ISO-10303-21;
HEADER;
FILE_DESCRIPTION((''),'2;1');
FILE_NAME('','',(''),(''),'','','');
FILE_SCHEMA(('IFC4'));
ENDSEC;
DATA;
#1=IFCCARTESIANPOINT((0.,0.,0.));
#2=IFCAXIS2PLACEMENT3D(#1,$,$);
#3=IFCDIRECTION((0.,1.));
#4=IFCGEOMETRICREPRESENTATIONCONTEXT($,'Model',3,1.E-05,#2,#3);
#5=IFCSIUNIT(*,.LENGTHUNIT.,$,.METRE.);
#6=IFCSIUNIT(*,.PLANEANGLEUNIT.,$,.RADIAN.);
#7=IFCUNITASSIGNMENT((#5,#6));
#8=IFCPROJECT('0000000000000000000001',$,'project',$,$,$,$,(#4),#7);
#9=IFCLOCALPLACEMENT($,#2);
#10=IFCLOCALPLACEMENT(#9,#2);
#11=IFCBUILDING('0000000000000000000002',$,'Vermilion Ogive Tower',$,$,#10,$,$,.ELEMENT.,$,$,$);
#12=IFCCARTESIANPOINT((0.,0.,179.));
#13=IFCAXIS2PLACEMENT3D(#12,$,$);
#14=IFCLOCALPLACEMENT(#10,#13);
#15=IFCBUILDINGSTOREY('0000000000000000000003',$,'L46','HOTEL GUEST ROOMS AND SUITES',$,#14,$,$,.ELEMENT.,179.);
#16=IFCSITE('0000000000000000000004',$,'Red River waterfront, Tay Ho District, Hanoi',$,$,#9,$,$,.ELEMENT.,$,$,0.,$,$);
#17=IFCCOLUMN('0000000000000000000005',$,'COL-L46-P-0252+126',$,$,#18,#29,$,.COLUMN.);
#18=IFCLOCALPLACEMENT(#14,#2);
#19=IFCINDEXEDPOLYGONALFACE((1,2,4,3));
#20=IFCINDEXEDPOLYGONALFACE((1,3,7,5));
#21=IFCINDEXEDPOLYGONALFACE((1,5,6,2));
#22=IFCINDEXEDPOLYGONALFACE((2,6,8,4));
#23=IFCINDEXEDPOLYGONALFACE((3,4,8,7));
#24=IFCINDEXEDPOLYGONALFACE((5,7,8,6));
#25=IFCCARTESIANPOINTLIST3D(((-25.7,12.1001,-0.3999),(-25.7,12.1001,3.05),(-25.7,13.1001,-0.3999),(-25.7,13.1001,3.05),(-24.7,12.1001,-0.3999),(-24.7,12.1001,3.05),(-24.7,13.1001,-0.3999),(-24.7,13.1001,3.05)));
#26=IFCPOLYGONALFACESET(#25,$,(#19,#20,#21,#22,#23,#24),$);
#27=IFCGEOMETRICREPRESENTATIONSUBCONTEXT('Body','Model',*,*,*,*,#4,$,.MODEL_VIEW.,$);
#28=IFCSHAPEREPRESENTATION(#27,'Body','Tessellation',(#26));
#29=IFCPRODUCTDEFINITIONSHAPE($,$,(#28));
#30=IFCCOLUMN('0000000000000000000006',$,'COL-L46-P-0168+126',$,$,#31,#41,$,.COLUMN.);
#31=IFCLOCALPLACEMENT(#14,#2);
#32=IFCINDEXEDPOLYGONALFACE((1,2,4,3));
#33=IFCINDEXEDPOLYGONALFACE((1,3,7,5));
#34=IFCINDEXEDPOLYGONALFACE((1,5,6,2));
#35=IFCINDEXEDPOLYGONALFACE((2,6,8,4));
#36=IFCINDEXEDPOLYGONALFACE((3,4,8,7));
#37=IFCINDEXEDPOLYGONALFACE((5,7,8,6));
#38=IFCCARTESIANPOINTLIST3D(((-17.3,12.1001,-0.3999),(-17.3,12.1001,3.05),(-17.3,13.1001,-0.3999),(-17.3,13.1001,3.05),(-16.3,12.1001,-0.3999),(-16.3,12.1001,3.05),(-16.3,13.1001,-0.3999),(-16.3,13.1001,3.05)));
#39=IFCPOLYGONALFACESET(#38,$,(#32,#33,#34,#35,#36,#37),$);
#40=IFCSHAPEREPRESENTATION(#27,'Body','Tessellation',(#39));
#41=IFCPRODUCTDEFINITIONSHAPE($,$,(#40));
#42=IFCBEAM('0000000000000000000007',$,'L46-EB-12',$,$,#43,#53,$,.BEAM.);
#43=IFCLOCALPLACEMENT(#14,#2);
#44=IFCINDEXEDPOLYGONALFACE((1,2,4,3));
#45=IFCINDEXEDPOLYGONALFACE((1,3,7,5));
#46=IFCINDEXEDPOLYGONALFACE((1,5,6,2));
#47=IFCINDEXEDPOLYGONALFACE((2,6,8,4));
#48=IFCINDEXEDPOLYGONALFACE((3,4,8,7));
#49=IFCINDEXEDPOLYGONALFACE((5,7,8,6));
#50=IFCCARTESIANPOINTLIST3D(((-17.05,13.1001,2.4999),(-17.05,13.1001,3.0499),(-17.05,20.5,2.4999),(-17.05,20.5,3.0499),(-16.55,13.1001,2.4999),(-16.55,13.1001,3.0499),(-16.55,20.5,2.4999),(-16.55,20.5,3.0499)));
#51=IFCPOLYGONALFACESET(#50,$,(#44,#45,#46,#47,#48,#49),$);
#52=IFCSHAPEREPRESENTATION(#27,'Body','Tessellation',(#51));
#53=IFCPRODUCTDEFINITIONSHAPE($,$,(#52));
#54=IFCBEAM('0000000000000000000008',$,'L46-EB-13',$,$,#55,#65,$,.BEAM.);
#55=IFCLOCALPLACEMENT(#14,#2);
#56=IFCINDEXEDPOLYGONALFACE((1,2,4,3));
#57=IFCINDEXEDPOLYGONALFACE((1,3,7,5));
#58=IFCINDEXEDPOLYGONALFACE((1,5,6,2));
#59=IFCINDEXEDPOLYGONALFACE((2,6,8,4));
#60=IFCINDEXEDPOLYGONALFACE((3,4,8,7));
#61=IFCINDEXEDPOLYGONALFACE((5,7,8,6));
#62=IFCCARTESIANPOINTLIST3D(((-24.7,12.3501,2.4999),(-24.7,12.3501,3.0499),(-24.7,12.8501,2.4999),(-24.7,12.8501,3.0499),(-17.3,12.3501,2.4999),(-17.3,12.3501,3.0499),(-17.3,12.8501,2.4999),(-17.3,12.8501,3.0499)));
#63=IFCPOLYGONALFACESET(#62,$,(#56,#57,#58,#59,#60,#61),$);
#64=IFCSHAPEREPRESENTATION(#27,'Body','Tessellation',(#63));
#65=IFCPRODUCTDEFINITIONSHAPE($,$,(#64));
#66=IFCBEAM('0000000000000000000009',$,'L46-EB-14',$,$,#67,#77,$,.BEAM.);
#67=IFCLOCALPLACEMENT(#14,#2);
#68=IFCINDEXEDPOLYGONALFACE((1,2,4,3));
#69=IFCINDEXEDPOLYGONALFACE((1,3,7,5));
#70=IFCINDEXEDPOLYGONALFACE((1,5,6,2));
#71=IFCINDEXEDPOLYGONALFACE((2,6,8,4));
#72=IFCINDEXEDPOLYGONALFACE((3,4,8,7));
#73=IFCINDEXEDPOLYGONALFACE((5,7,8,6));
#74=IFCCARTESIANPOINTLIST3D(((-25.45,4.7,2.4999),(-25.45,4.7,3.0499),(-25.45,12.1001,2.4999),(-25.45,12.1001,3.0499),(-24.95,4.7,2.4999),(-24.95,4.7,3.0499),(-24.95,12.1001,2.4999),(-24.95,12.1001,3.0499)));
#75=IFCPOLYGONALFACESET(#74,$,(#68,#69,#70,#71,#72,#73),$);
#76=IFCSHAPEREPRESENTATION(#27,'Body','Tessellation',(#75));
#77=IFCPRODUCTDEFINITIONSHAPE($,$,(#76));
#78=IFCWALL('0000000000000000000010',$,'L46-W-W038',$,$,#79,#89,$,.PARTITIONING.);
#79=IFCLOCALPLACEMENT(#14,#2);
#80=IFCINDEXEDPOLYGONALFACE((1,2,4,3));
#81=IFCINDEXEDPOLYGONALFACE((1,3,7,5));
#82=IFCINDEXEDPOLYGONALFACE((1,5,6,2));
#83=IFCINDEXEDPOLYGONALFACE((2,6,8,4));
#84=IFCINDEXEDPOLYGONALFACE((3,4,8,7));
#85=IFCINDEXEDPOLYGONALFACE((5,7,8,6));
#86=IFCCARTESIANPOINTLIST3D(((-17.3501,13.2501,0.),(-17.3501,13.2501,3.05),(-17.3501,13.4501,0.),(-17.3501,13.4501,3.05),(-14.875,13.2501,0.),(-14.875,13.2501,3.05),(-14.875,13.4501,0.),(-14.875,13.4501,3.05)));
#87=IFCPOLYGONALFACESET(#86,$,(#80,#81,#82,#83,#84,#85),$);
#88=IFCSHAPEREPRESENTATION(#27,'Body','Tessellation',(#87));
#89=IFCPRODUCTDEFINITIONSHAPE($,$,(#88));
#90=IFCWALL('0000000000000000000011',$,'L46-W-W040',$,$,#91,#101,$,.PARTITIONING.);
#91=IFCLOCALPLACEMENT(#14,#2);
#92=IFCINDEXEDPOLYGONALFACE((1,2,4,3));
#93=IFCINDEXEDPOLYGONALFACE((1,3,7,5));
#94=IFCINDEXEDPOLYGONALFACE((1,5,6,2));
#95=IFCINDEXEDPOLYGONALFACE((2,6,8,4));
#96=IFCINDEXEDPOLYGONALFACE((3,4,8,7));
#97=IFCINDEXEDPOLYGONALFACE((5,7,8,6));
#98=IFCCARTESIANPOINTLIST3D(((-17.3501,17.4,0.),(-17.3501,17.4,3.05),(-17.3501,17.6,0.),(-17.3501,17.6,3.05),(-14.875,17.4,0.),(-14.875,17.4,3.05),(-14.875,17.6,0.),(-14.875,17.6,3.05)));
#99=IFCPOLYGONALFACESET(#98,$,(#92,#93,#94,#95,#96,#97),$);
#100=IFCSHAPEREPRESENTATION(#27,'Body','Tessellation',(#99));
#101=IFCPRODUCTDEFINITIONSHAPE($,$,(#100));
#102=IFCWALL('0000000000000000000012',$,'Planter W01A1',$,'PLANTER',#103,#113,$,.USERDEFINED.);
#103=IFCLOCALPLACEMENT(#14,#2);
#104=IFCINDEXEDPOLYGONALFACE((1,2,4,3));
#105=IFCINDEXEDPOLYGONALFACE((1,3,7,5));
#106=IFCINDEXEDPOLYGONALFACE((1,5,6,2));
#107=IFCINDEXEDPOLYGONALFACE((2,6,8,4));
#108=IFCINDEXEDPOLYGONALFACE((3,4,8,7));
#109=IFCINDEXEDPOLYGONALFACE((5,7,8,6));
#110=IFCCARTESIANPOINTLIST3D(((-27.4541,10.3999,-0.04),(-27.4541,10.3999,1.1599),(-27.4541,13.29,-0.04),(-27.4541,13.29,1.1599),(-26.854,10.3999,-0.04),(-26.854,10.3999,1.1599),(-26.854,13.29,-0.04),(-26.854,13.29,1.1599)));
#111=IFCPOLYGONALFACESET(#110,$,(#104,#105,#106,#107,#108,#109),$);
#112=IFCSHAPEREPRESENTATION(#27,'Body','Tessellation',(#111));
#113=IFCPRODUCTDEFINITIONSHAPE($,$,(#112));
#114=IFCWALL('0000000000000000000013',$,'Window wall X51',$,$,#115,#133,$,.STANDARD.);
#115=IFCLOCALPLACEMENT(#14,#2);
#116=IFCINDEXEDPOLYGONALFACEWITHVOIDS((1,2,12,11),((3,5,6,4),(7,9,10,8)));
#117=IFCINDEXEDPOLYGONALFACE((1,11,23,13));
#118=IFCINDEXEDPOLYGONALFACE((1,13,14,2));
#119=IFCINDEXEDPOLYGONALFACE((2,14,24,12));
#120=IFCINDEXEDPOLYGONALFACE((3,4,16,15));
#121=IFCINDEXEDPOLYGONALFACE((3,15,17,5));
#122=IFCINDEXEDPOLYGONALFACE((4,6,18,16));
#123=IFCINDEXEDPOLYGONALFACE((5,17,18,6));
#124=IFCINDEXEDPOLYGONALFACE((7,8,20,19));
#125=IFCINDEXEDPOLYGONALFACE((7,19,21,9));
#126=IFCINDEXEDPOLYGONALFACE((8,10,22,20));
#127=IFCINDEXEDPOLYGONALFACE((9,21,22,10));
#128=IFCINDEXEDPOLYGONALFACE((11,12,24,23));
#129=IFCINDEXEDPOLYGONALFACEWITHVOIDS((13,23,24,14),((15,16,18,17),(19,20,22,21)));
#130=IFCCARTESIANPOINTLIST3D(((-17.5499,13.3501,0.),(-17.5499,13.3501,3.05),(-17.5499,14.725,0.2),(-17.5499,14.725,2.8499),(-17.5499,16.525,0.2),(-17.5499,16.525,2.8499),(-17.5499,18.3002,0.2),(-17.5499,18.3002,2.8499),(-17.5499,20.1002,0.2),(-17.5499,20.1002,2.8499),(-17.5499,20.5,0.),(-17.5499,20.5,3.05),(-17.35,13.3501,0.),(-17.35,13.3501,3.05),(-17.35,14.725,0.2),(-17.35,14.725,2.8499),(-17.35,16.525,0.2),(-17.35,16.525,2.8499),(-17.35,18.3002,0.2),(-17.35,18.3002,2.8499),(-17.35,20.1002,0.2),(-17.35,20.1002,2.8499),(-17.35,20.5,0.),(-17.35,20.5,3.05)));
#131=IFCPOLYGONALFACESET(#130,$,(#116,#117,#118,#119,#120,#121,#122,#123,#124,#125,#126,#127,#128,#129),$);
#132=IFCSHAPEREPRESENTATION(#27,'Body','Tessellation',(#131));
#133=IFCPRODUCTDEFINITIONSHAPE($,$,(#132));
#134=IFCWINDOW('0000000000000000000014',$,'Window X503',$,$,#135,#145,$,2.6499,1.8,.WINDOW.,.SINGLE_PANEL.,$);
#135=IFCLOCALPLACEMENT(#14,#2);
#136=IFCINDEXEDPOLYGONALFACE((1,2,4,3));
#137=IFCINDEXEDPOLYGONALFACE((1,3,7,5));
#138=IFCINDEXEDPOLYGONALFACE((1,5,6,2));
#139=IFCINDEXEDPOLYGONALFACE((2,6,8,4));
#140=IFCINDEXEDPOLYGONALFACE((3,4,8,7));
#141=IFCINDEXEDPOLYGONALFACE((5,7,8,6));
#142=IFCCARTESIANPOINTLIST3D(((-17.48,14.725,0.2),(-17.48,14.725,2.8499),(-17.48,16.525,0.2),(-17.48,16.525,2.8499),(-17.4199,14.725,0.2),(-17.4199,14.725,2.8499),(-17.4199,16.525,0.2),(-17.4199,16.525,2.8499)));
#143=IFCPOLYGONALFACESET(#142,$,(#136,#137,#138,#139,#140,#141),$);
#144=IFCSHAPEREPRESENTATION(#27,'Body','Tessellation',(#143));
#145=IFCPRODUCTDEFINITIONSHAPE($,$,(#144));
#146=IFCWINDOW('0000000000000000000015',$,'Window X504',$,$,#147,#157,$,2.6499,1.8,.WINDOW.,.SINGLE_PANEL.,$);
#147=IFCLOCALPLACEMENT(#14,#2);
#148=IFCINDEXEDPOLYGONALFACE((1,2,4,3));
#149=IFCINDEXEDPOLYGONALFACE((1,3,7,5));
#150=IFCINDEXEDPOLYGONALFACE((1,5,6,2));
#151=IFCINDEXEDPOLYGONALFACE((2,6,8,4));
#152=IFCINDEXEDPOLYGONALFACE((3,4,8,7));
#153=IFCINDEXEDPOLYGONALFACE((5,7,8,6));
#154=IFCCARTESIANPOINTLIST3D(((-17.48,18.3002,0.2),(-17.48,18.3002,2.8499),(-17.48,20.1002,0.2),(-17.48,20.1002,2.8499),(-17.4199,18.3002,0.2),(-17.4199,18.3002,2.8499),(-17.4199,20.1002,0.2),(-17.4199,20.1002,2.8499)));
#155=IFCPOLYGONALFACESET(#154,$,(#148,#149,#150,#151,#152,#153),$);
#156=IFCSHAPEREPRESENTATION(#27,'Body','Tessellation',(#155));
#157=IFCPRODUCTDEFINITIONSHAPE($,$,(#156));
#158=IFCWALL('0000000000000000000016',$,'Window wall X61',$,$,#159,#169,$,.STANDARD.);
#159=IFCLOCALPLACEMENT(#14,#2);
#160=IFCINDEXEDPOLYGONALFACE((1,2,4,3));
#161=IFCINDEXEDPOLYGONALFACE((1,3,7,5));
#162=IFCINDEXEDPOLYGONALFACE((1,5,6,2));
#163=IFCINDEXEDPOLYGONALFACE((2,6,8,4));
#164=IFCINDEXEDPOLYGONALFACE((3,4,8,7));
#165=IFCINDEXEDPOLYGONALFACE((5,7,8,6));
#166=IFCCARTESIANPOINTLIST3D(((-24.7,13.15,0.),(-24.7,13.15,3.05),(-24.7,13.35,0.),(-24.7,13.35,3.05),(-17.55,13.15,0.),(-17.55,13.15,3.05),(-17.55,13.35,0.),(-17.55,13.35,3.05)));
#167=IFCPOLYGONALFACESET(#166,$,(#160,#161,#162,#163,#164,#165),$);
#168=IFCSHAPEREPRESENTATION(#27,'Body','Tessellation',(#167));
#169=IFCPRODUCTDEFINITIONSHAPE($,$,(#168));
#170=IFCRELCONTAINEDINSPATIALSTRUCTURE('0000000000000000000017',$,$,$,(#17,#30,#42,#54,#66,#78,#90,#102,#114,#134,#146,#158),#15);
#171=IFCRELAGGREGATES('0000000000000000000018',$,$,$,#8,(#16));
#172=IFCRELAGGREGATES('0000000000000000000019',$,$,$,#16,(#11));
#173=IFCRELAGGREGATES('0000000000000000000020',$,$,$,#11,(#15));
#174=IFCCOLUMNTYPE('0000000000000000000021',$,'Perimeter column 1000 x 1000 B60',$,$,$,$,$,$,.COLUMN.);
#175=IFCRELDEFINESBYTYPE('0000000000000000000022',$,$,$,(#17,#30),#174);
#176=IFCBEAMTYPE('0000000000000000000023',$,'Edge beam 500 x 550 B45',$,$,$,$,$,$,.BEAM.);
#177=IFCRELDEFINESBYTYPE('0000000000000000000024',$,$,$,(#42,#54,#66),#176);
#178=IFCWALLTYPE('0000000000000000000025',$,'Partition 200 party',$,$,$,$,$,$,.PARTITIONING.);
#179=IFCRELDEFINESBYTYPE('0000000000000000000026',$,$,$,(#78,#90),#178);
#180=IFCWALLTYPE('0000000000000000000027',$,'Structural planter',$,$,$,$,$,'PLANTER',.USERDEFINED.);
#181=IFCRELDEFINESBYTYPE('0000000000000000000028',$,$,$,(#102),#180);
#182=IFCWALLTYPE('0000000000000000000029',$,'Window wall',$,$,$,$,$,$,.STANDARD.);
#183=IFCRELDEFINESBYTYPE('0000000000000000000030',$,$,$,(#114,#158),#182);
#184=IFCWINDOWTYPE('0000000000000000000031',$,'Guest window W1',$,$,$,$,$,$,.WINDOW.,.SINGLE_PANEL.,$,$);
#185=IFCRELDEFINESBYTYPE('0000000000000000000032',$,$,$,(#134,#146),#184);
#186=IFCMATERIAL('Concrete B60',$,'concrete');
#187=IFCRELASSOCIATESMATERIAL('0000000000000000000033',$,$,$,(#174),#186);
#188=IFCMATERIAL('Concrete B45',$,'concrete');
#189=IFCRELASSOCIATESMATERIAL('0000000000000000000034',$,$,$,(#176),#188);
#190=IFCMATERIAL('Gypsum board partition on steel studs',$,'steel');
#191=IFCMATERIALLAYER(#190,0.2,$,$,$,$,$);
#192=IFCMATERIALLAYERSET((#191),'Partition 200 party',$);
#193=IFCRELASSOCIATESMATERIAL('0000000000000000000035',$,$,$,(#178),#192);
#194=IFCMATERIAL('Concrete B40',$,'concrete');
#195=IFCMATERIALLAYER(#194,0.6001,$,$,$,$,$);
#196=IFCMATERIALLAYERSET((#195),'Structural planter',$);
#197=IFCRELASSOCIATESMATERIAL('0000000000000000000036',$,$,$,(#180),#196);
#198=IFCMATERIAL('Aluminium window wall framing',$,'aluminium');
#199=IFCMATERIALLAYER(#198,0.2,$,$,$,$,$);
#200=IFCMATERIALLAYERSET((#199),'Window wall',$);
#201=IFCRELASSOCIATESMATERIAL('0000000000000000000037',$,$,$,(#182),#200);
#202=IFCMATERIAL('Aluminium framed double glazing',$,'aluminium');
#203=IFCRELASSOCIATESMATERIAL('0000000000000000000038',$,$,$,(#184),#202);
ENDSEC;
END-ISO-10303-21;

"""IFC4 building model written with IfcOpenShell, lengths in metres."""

from ifc_helpers import new_model, si_unit, direction, frame, frame_2d, origin, origin_2d, place, context, subcontext, project, spatial, rectangle, extrude, material, layer, layer_set, material_profile, profile_set, type_object, element, fill, save


model = new_model("IFC4")

# Units and contexts
model_context = context("Model", 3, precision=1e-05, world=origin(), true_north=direction((0.0, 1.0)))
body_context = subcontext(model_context, "Body", "Model", "MODEL_VIEW")
ifc_project = project(units=[si_unit("LENGTHUNIT", "METRE"), si_unit("PLANEANGLEUNIT", "RADIAN")], contexts=[model_context])

# Site, building, storey
site_placement = place(None, origin())
site = spatial("IfcSite", under=ifc_project, at=site_placement, Name="Red River waterfront, Tay Ho District, Hanoi", CompositionType="ELEMENT", RefElevation=0.0)
building_placement = place(site_placement, origin())
building = spatial("IfcBuilding", under=site, at=building_placement, Name="Vermilion Ogive Tower", CompositionType="ELEMENT")
storey_placement = place(building_placement, frame((0.0, 0.0, 179.0)))
storey = spatial("IfcBuildingStorey", under=building, at=storey_placement, Name="L46", Description="HOTEL GUEST ROOMS AND SUITES", CompositionType="ELEMENT", Elevation=179.0)

# Columns
ifc_material_1 = material(Name="Concrete B60", Category="concrete")
ifc_material_profile_1 = material_profile(ifc_material_1, rectangle(XDim=1.0, YDim=1.0, at=origin_2d()), Name="1000 x 1000")
ifc_profile_set_1 = profile_set([ifc_material_profile_1], Name="Concrete B60")
column_type = type_object("IfcColumnType", Name="Perimeter column 1000 x 1000 B60", PredefinedType="COLUMN", material=ifc_profile_set_1)
for number, where, z_axis, x_axis, name in (
    (1, (-25.2, 12.6001, -0.3999), (0.0, 0.0, 1.0), (1.0, 0.0, 0.0), "COL-L46-P-0252+126"),
    (2, (-16.8, 12.6001, -0.3999), (0.0, 0.0, 1.0), (1.0, 0.0, 0.0), "COL-L46-P-0168+126"),
):
    element("IfcColumn", number, at=place(storey_placement, frame(where, z_axis=z_axis, x_axis=x_axis)), inside=storey, type_object=column_type, Name=name, PredefinedType="COLUMN", context=body_context, shape_type="SweptSolid", body=[
        extrude(rectangle(XDim=1.0, YDim=1.0, at=origin_2d()), origin(), (0.0, 0.0, 1.0), 3.45),
    ])

# Beams
ifc_material_2 = material(Name="Concrete B45", Category="concrete")
ifc_material_profile_2 = material_profile(ifc_material_2, rectangle(XDim=0.5, YDim=0.55, at=origin_2d()), Name="500 x 550")
ifc_profile_set_2 = profile_set([ifc_material_profile_2], Name="Concrete B45")
beam_type = type_object("IfcBeamType", Name="Edge beam 500 x 550 B45", PredefinedType="BEAM", material=ifc_profile_set_2)
for number, where, z_axis, x_axis, name in (
    (3, (-16.8, 20.5, 2.7749), (0.0, -1.0, 0.0), (1.0, 0.0, 0.0), "L46-EB-12"),
    (4, (-17.3, 12.6001, 2.7749), (-1.0, 0.0, 0.0), (0.0, -1.0, 0.0), "L46-EB-13"),
):
    element("IfcBeam", number, at=place(storey_placement, frame(where, z_axis=z_axis, x_axis=x_axis)), inside=storey, type_object=beam_type, Name=name, PredefinedType="BEAM", context=body_context, shape_type="SweptSolid", body=[
        extrude(rectangle(XDim=0.5, YDim=0.55, at=origin_2d()), origin(), (0.0, 0.0, 1.0), 7.3999),
    ])
beam_placement = place(storey_placement, frame((-25.2, 12.1001, 2.7749), z_axis=(0.0, -1.0, 0.0), x_axis=(1.0, 0.0, 0.0)))
element("IfcBeam", 5, at=beam_placement, inside=storey, type_object=beam_type, Name="L46-EB-14", PredefinedType="BEAM", context=body_context, shape_type="SweptSolid", body=[
    extrude(rectangle(XDim=0.5, YDim=0.55, at=origin_2d()), origin(), (0.0, 0.0, 1.0), 7.4001),
])

# Walls
ifc_material_3 = material(Name="Gypsum board partition on steel studs", Category="steel")
ifc_layer_1 = layer(ifc_material_3, 0.2)
ifc_layer_set_1 = layer_set([ifc_layer_1], Name="Partition 200 party")
wall_type_1 = type_object("IfcWallType", Name="Partition 200 party", PredefinedType="PARTITIONING", material=ifc_layer_set_1)
for number, where, z_axis, x_axis, name in (
    (6, (-17.3501, 13.3501, 0.0), (0.0, 0.0, 1.0), (1.0, 0.0, 0.0), "L46-W-W038"),
    (7, (-17.3501, 17.5, 0.0), (0.0, 0.0, 1.0), (1.0, 0.0, 0.0), "L46-W-W040"),
):
    element("IfcWall", number, at=place(storey_placement, frame(where, z_axis=z_axis, x_axis=x_axis)), inside=storey, type_object=wall_type_1, Name=name, PredefinedType="PARTITIONING", context=body_context, shape_type="SweptSolid", body=[
        extrude(rectangle(XDim=2.4751, YDim=0.2, at=frame_2d((1.2375, 0.0))), origin(), (0.0, 0.0, 1.0), 3.05),
    ])
ifc_material_4 = material(Name="Concrete B40", Category="concrete")
ifc_layer_2 = layer(ifc_material_4, 0.6001)
ifc_layer_set_2 = layer_set([ifc_layer_2], Name="Structural planter")
wall_type_2 = type_object("IfcWallType", Name="Structural planter", ElementType="PLANTER", PredefinedType="USERDEFINED", material=ifc_layer_set_2)
wall_1_placement = place(storey_placement, frame((-27.1541, 13.29, -0.04), z_axis=(0.0, 0.0, 1.0), x_axis=(0.0, -1.0, 0.0)))
element("IfcWall", 8, at=wall_1_placement, inside=storey, type_object=wall_type_2, Name="Planter W01A1", ObjectType="PLANTER", PredefinedType="USERDEFINED", context=body_context, shape_type="SweptSolid", body=[
    extrude(rectangle(XDim=2.8901, YDim=0.6001, at=frame_2d((1.4451, 0.0))), origin(), (0.0, 0.0, 1.0), 1.2),
])

# Wall, openings, windows
ifc_material_5 = material(Name="Aluminium window wall framing", Category="aluminium")
ifc_layer_3 = layer(ifc_material_5, 0.2)
ifc_layer_set_3 = layer_set([ifc_layer_3], Name="Window wall")
wall_type_3 = type_object("IfcWallType", Name="Window wall", PredefinedType="STANDARD", material=ifc_layer_set_3)
wall_2_placement = place(storey_placement, frame((-17.45, 20.5, 0.0), z_axis=(0.0, 0.0, 1.0), x_axis=(0.0, -1.0, 0.0)))
wall_2 = element("IfcWall", 9, at=wall_2_placement, inside=storey, type_object=wall_type_3, Name="Window wall X51", PredefinedType="STANDARD", context=body_context, shape_type="SweptSolid", body=[
    extrude(rectangle(XDim=7.1499, YDim=0.2, at=frame_2d((3.575, 0.0))), origin(), (0.0, 0.0, 1.0), 3.05),
])
opening_1_placement = place(wall_2_placement, frame((3.9751, 0.0, 0.2)))
opening_1 = element("IfcOpeningElement", 10, at=opening_1_placement, cuts=wall_2, PredefinedType="OPENING", context=body_context, shape_type="SweptSolid", body=[
    extrude(rectangle(XDim=1.8, YDim=2.6499, at=frame_2d((0.8999, 1.325))), frame((0.0, 0.1099, 0.0), z_axis=(0.0, -1.0, 0.0), x_axis=(1.0, 0.0, 0.0)), (0.0, 0.0, 1.0), 0.22),
])
opening_2_placement = place(wall_2_placement, frame((0.3999, 0.0, 0.2)))
opening_2 = element("IfcOpeningElement", 11, at=opening_2_placement, cuts=wall_2, PredefinedType="OPENING", context=body_context, shape_type="SweptSolid", body=[
    extrude(rectangle(XDim=1.8, YDim=2.6499, at=frame_2d((0.8999, 1.325))), frame((0.0, 0.1099, 0.0), z_axis=(0.0, -1.0, 0.0), x_axis=(1.0, 0.0, 0.0)), (0.0, 0.0, 1.0), 0.22),
])
ifc_material_6 = material(Name="Aluminium framed double glazing", Category="aluminium")
window_type = type_object("IfcWindowType", Name="Guest window W1", PartitioningType="SINGLE_PANEL", PredefinedType="WINDOW", material=ifc_material_6)
window_1_placement = place(opening_1_placement, origin())
window_1 = element("IfcWindow", 12, at=window_1_placement, inside=storey, type_object=window_type, Name="Window X503", OverallHeight=2.6499, OverallWidth=1.8, PartitioningType="SINGLE_PANEL", PredefinedType="WINDOW", context=body_context, shape_type="SweptSolid", body=[
    extrude(rectangle(XDim=1.8, YDim=2.6499, at=frame_2d((0.8999, 1.325))), frame((0.0, 0.03, 0.0), z_axis=(0.0, -1.0, 0.0), x_axis=(1.0, 0.0, 0.0)), (0.0, 0.0, 1.0), 0.0601),
])
fill(opening_1, window_1)
window_2_placement = place(opening_2_placement, origin())
window_2 = element("IfcWindow", 13, at=window_2_placement, inside=storey, type_object=window_type, Name="Window X504", OverallHeight=2.6499, OverallWidth=1.8, PartitioningType="SINGLE_PANEL", PredefinedType="WINDOW", context=body_context, shape_type="SweptSolid", body=[
    extrude(rectangle(XDim=1.8, YDim=2.6499, at=frame_2d((0.8999, 1.325))), frame((0.0, 0.03, 0.0), z_axis=(0.0, -1.0, 0.0), x_axis=(1.0, 0.0, 0.0)), (0.0, 0.0, 1.0), 0.0601),
])
fill(opening_2, window_2)

# Wall
wall_3_placement = place(storey_placement, frame((-17.55, 13.25, 0.0), z_axis=(0.0, 0.0, 1.0), x_axis=(-1.0, 0.0, 0.0)))
element("IfcWall", 14, at=wall_3_placement, inside=storey, type_object=wall_type_3, Name="Window wall X61", PredefinedType="STANDARD", context=body_context, shape_type="SweptSolid", body=[
    extrude(rectangle(XDim=7.1499, YDim=0.2, at=frame_2d((3.575, 0.0))), origin(), (0.0, 0.0, 1.0), 3.05),
])

save(model, "model.ifc")
